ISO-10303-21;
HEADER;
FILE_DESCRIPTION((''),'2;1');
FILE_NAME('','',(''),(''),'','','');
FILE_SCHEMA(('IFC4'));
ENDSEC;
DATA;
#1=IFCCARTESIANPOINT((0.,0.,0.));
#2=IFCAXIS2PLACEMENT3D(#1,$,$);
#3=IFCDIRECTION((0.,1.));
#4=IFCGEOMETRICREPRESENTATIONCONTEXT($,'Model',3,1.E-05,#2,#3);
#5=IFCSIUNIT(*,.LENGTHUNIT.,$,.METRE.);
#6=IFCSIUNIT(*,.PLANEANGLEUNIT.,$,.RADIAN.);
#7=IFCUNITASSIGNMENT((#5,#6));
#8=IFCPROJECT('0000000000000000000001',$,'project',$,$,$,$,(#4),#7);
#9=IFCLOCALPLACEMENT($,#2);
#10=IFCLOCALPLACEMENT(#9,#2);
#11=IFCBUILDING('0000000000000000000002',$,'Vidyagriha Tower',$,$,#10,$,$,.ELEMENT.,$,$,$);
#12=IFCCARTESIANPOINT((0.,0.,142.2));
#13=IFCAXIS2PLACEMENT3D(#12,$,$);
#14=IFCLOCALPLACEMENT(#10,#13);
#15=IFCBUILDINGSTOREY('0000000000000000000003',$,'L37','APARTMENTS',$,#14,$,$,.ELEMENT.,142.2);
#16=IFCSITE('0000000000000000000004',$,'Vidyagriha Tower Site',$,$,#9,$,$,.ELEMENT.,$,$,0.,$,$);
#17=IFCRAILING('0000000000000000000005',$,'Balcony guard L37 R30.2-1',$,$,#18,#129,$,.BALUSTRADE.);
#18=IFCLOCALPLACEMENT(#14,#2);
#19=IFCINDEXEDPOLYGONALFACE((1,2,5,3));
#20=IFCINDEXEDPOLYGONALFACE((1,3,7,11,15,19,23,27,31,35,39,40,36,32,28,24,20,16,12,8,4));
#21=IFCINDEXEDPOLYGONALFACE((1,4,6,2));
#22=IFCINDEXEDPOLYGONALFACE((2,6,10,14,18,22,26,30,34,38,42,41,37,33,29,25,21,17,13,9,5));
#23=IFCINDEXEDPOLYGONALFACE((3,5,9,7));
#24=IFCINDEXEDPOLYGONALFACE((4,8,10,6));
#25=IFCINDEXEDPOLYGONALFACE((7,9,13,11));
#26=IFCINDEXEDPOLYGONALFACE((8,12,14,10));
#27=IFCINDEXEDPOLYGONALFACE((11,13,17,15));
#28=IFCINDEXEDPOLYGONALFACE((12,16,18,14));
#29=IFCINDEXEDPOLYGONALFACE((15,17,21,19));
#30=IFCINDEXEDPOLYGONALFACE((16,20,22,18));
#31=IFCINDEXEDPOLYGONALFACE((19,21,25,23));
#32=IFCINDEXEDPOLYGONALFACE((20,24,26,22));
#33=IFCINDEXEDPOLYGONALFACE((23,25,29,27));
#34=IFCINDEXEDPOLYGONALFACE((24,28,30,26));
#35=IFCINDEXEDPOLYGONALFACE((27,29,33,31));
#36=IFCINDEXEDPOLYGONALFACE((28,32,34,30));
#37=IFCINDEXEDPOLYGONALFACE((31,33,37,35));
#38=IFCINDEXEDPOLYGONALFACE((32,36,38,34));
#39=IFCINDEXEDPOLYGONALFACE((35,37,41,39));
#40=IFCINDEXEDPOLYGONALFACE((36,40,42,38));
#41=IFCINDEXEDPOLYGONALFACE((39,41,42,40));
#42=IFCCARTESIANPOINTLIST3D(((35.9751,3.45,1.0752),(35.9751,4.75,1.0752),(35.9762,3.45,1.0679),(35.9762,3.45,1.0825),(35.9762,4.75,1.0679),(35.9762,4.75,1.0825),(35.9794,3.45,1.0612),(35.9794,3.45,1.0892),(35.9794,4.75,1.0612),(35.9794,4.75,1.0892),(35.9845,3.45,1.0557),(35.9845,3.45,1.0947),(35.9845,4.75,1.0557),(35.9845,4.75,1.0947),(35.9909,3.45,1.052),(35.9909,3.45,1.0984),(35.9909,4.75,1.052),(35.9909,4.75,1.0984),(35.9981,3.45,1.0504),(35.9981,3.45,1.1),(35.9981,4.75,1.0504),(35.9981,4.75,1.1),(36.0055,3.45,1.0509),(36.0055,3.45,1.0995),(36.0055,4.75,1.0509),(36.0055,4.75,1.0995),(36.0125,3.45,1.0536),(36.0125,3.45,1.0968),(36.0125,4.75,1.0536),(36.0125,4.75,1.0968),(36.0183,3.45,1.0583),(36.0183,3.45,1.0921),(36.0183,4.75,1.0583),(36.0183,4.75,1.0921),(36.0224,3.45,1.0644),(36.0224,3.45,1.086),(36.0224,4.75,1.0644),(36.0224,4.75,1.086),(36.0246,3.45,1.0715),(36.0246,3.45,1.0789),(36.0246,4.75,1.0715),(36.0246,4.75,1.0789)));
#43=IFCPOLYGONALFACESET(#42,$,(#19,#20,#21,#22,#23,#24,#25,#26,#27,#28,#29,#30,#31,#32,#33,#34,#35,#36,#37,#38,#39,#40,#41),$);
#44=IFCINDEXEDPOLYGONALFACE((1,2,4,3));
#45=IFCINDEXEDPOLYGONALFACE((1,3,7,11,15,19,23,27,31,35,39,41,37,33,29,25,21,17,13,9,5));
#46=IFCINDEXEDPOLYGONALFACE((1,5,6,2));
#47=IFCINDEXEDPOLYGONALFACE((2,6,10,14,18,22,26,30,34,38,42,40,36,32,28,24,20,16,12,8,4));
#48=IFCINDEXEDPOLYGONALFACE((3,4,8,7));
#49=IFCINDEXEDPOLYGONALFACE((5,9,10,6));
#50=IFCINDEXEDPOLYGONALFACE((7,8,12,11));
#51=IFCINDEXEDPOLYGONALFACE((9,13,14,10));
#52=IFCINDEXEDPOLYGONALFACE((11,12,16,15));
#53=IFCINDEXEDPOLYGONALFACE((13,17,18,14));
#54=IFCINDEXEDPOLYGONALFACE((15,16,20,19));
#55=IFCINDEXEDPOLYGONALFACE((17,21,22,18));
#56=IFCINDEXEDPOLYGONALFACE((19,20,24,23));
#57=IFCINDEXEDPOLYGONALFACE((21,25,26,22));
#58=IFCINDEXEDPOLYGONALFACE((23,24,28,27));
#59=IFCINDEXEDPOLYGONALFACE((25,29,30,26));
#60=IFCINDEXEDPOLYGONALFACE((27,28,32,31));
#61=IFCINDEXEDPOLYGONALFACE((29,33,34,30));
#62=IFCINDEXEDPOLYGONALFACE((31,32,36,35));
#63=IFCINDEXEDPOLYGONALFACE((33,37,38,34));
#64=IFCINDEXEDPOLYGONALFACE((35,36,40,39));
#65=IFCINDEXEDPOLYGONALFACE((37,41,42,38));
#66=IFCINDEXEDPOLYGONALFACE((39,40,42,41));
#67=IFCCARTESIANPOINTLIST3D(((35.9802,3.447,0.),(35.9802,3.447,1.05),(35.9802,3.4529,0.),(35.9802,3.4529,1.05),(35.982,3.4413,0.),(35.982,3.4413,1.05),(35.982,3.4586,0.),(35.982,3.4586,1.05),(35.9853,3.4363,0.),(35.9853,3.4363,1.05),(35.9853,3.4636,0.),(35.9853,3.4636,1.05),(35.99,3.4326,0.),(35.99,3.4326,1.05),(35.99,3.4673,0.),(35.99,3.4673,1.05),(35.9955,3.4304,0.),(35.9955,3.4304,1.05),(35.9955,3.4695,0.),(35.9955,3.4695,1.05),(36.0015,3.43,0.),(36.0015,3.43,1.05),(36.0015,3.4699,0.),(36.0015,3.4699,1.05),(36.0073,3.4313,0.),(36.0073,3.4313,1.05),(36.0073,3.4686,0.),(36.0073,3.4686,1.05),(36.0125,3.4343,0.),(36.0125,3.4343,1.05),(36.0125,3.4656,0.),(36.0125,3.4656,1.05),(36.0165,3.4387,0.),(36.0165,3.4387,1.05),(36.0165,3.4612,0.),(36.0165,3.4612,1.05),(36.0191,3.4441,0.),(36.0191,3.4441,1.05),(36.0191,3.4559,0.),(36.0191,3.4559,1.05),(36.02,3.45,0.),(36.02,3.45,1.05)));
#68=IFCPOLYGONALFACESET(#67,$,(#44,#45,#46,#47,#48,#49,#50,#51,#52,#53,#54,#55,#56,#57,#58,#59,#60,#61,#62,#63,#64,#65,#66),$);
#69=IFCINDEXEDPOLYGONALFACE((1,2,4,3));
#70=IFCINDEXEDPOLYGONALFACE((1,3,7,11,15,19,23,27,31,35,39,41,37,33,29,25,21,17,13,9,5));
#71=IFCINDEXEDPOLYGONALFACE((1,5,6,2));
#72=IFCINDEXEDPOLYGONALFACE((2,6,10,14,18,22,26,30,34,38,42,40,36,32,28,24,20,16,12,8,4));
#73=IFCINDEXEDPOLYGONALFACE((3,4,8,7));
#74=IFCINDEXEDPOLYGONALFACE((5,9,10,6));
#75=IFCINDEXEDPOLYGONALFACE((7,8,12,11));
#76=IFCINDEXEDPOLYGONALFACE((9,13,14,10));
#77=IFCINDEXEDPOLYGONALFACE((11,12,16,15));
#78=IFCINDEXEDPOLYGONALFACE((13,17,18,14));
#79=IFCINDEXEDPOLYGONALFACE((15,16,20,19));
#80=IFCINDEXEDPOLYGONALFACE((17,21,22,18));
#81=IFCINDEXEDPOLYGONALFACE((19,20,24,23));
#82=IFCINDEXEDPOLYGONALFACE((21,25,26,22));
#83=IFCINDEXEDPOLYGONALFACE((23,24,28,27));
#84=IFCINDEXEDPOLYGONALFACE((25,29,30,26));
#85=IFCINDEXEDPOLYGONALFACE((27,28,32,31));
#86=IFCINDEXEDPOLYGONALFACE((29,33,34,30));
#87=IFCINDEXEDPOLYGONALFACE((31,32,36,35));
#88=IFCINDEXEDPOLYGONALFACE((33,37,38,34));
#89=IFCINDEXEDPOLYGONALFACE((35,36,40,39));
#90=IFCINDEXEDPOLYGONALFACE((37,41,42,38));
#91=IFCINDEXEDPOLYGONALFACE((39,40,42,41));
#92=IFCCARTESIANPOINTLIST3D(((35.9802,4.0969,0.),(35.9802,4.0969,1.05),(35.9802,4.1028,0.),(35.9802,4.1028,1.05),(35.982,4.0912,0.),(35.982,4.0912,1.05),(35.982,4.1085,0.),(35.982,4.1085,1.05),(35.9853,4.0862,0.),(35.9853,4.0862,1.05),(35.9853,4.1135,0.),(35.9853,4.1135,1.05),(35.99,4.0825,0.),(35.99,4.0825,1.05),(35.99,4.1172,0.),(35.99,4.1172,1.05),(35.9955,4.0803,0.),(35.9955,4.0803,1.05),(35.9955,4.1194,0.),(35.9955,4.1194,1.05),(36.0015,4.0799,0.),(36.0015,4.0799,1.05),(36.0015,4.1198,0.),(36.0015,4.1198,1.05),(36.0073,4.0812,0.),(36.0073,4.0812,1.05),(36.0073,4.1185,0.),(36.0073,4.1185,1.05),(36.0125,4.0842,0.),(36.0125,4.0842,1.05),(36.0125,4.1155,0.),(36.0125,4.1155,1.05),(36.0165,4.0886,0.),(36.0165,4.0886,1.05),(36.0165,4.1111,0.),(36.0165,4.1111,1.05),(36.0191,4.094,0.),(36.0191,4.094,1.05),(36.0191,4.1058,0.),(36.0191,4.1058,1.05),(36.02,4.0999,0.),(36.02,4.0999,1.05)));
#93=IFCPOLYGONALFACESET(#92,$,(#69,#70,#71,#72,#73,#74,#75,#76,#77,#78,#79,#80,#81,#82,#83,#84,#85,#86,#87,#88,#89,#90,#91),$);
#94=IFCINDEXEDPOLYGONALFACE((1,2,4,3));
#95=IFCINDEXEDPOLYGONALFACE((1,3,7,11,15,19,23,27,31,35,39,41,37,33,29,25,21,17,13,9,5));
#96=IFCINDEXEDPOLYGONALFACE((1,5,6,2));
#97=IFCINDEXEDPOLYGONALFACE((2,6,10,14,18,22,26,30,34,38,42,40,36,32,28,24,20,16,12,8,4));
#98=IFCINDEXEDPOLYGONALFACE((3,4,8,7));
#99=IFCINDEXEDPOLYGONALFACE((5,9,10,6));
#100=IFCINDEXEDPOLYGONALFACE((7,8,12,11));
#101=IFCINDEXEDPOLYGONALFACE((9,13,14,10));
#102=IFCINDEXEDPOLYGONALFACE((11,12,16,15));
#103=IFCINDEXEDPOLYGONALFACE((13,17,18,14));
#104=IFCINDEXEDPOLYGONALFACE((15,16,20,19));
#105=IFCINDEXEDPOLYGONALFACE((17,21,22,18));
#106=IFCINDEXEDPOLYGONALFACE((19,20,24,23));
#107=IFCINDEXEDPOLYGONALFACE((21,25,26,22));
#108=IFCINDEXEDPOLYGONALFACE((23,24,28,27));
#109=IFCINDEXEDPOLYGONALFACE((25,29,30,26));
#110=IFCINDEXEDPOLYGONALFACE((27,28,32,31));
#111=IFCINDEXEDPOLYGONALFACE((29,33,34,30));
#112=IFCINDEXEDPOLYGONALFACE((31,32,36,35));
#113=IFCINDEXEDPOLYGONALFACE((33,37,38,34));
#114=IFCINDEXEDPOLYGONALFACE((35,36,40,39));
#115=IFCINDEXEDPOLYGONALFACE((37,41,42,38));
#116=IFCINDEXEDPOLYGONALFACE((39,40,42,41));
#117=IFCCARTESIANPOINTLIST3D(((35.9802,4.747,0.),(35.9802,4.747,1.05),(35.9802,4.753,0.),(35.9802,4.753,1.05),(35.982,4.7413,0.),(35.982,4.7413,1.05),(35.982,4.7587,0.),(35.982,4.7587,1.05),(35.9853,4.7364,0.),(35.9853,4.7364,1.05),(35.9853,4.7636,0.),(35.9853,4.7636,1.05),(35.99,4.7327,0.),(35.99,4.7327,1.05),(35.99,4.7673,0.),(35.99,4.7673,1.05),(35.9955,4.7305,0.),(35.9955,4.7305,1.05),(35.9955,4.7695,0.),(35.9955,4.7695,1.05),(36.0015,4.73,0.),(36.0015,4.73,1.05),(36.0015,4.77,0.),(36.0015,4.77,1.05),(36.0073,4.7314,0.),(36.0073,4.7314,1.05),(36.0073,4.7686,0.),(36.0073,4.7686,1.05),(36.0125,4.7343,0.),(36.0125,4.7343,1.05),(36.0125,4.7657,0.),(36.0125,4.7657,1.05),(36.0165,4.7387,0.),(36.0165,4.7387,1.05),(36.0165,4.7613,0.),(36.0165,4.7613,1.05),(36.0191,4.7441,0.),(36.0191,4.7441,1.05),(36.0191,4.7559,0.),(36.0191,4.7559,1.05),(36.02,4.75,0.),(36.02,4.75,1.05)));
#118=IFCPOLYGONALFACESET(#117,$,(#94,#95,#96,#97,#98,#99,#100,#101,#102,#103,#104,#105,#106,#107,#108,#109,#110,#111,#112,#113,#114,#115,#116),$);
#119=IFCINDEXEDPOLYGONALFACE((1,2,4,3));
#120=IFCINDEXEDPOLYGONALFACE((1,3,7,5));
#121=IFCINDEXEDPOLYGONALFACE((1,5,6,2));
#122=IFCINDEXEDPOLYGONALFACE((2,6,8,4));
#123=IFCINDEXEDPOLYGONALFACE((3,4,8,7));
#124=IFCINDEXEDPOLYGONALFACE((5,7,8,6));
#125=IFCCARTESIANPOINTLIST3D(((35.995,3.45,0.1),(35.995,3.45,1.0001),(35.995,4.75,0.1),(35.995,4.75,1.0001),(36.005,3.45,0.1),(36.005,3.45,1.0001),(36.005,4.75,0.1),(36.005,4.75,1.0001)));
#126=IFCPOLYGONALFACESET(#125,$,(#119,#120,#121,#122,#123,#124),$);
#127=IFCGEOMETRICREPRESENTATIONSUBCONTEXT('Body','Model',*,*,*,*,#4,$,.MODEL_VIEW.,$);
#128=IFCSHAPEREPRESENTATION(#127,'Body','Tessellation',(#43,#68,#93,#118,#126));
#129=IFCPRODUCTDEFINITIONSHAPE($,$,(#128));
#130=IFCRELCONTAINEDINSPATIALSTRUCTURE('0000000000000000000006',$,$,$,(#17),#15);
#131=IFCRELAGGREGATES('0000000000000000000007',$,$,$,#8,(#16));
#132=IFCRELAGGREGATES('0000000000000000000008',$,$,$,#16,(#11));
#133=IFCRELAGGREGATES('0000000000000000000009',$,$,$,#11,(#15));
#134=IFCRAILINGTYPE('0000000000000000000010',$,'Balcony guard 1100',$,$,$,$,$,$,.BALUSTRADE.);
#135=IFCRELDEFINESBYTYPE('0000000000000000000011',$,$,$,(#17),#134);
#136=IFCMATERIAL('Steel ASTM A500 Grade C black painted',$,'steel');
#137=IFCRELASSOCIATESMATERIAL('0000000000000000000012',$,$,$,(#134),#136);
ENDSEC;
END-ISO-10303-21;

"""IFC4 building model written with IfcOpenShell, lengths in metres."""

from ifc_helpers import new_model, si_unit, direction, frame, origin, origin_2d, place, context, subcontext, project, spatial, rectangle, circle, extrude, material, type_object, element, save


model = new_model("IFC4")

# Units and contexts
model_context = context("Model", 3, precision=1e-05, world=origin(), true_north=direction((0.0, 1.0)))
body_context = subcontext(model_context, "Body", "Model", "MODEL_VIEW")
ifc_project = project(units=[si_unit("LENGTHUNIT", "METRE"), si_unit("PLANEANGLEUNIT", "RADIAN")], contexts=[model_context])

# Site, building, storey
site_placement = place(None, origin())
site = spatial("IfcSite", under=ifc_project, at=site_placement, Name="Vidyagriha Tower Site", CompositionType="ELEMENT", RefElevation=0.0)
building_placement = place(site_placement, origin())
building = spatial("IfcBuilding", under=site, at=building_placement, Name="Vidyagriha Tower", CompositionType="ELEMENT")
storey_placement = place(building_placement, frame((0.0, 0.0, 142.2)))
storey = spatial("IfcBuildingStorey", under=building, at=storey_placement, Name="L37", Description="APARTMENTS", CompositionType="ELEMENT", Elevation=142.2)

# Railing
ifc_material_1 = material(Name="Steel ASTM A500 Grade C black painted", Category="steel")
railing_type_1 = type_object("IfcRailingType", Name="Balcony guard 1100", PredefinedType="BALUSTRADE", material=ifc_material_1)
railing_1_placement = place(storey_placement, frame((36.0, 3.45, 0.0)))
element("IfcRailing", 1, at=railing_1_placement, inside=storey, type_object=railing_type_1, Name="Balcony guard L37 R30.2-1", PredefinedType="BALUSTRADE", context=body_context, shape_type="SweptSolid", body=[
    extrude(circle(Radius=0.0249, at=origin_2d()), frame((0.0, 0.0, 1.0752), z_axis=(0.0, 1.0, 0.0), x_axis=(-1.0, 0.0, 0.0)), (0.0, 0.0, 1.0), 1.3),
    extrude(circle(Radius=0.02, at=origin_2d()), origin(), (0.0, 0.0, 1.0), 1.05),
    extrude(circle(Radius=0.02, at=origin_2d()), frame((0.0, 0.6499, 0.0)), (0.0, 0.0, 1.0), 1.05),
    extrude(circle(Radius=0.02, at=origin_2d()), frame((0.0, 1.3, 0.0)), (0.0, 0.0, 1.0), 1.05),
    extrude(rectangle(XDim=0.01, YDim=0.9001, at=origin_2d()), frame((0.0, 0.0, 0.55), z_axis=(0.0, 1.0, 0.0), x_axis=(-1.0, 0.0, 0.0)), (0.0, 0.0, 1.0), 1.3),
])

save(model, "model.ifc")
